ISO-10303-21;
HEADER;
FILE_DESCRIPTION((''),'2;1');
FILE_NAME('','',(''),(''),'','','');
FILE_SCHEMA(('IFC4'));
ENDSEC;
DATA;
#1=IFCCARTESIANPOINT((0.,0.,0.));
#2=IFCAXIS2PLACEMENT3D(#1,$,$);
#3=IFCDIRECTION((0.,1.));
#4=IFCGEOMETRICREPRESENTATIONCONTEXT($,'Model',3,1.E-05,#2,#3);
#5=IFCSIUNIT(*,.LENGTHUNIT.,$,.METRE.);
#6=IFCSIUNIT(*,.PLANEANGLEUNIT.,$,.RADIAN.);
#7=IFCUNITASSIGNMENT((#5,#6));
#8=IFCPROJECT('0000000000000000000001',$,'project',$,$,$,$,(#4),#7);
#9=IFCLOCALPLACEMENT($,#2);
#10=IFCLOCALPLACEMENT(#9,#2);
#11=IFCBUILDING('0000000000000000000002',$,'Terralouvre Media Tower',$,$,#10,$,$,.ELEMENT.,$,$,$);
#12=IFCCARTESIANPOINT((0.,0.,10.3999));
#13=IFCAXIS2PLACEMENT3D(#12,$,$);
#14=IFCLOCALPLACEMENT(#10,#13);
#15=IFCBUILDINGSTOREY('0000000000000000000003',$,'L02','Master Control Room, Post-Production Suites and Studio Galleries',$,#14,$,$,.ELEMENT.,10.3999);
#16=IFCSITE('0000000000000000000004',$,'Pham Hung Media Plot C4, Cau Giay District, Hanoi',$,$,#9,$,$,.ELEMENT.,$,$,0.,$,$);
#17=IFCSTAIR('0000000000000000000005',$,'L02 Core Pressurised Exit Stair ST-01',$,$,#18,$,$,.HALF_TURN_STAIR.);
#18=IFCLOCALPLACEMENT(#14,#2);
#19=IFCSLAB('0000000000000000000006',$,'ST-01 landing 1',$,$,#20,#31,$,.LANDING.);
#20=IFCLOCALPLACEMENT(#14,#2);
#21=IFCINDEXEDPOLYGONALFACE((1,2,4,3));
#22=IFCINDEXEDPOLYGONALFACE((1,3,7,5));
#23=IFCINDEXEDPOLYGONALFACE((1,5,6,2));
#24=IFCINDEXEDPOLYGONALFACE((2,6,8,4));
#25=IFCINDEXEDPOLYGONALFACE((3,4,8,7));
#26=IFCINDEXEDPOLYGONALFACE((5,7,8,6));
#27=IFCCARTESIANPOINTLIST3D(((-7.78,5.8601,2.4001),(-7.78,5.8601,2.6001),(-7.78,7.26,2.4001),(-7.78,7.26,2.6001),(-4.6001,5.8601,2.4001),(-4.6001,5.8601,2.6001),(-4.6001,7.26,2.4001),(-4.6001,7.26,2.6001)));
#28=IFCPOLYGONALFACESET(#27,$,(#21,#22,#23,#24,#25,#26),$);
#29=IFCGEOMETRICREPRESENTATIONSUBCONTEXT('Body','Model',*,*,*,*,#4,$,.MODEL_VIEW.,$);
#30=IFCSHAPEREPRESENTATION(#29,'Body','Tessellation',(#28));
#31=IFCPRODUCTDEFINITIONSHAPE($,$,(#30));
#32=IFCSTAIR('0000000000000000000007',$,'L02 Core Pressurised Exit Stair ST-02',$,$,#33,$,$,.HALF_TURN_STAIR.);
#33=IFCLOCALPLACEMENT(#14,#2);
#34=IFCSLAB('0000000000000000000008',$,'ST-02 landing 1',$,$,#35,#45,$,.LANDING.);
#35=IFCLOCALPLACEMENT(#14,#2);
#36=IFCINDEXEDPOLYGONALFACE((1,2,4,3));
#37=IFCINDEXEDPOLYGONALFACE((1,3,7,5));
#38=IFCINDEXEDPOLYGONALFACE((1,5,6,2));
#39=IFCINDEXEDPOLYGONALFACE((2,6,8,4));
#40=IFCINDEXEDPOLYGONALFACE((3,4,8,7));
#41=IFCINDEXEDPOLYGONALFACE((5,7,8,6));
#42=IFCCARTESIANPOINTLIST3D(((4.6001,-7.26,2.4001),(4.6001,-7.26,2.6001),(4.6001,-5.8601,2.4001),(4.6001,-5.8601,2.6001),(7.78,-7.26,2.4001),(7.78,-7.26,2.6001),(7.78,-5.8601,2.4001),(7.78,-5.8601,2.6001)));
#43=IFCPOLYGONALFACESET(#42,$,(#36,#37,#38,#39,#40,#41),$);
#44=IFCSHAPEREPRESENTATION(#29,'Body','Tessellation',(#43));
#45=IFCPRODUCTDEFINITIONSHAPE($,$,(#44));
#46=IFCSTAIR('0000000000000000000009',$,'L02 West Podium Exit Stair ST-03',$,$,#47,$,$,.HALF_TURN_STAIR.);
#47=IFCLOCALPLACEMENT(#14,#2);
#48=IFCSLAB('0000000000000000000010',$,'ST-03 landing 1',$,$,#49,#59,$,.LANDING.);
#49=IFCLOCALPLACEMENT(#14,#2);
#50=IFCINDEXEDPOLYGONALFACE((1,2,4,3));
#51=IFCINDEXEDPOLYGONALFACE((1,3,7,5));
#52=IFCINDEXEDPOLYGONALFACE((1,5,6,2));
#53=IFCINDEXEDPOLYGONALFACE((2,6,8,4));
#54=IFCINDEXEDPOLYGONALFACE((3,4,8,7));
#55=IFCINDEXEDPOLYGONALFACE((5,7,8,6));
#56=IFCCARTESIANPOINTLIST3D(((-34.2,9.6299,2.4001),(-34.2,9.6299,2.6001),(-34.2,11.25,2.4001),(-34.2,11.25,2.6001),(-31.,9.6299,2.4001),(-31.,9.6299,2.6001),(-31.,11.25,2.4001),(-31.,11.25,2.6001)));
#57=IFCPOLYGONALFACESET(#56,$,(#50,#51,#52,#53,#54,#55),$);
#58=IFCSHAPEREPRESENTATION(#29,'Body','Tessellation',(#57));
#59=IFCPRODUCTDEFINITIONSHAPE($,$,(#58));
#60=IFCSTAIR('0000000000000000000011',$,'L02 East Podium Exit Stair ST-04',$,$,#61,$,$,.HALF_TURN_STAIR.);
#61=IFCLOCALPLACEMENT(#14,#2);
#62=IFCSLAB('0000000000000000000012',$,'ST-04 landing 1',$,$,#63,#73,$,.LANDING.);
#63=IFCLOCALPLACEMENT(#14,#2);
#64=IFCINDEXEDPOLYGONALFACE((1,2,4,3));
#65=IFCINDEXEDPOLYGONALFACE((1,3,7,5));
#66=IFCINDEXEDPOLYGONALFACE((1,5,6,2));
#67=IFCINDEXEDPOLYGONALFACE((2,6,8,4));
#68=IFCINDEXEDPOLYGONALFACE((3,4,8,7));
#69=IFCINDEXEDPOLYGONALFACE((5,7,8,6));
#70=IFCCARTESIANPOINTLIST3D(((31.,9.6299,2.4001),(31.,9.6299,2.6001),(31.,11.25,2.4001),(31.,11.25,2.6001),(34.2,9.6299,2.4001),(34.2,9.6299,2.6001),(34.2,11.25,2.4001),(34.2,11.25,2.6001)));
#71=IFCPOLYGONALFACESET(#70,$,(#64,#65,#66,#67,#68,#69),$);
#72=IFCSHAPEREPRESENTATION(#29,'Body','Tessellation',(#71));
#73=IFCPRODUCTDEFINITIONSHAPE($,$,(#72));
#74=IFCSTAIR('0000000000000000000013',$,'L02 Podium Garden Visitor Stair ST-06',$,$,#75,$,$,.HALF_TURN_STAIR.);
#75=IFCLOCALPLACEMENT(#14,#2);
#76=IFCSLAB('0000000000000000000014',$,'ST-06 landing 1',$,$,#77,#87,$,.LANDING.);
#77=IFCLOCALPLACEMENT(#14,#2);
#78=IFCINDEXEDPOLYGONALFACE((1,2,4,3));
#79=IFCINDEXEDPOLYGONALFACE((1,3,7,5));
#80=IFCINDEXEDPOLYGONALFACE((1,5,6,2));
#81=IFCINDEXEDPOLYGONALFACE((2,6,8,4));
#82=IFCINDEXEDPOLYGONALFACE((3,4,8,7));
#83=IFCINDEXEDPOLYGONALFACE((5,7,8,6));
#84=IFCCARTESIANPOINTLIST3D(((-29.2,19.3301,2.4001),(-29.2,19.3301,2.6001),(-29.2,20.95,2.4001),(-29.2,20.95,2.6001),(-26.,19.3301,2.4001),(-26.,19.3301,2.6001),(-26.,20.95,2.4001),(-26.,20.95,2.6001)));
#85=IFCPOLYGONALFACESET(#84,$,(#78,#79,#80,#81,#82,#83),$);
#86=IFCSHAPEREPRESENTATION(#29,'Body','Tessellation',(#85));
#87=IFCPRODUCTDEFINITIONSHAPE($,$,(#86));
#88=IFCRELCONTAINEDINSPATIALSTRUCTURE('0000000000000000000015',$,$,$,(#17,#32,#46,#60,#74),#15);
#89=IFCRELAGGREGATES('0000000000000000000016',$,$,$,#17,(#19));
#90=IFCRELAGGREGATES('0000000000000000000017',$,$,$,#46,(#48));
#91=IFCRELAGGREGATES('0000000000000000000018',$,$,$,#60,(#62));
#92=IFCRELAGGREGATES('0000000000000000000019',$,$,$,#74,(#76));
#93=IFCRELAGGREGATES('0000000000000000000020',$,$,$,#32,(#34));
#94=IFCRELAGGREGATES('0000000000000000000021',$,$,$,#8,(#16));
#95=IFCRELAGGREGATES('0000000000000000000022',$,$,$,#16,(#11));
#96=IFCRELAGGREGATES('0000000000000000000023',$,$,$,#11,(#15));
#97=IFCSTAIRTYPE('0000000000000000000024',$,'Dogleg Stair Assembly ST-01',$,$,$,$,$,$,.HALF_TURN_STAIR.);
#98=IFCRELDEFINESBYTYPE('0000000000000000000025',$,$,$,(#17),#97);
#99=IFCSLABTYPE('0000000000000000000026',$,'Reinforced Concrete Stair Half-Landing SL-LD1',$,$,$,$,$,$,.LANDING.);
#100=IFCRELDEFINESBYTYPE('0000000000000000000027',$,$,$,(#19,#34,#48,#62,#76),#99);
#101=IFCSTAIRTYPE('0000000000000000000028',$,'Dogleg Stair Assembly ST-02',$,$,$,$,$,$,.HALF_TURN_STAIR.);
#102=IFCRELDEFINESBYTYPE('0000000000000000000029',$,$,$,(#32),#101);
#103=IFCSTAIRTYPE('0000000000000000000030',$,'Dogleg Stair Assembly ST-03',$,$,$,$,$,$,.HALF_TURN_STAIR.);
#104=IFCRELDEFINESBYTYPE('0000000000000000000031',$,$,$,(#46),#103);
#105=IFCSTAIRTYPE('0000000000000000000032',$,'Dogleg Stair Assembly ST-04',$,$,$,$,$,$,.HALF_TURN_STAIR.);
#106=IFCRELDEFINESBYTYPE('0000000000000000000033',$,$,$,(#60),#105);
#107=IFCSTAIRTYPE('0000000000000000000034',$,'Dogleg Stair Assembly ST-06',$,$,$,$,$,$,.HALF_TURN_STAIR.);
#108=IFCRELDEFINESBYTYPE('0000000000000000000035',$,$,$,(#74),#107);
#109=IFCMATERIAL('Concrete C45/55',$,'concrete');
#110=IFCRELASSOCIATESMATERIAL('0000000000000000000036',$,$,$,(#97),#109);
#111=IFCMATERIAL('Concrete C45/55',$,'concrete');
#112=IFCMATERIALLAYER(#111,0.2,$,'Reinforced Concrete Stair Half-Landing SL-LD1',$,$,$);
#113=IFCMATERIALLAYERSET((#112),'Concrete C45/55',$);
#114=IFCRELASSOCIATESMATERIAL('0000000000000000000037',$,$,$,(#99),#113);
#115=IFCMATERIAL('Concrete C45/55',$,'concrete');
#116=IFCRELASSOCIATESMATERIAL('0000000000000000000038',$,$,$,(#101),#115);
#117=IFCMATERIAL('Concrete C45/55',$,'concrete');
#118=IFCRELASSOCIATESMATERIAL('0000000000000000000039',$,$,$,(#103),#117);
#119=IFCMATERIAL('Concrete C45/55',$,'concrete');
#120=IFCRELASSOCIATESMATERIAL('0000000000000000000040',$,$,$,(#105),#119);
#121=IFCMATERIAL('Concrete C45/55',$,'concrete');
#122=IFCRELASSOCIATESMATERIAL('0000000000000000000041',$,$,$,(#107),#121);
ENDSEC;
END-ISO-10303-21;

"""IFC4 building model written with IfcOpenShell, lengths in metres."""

from ifc_helpers import new_model, si_unit, direction, frame, origin, place, context, subcontext, project, spatial, polyline, outline, extrude, material, layer, layer_set, type_object, element, aggregate, save


model = new_model("IFC4")

# Units and contexts
model_context = context("Model", 3, precision=1e-05, world=origin(), true_north=direction((0.0, 1.0)))
body_context = subcontext(model_context, "Body", "Model", "MODEL_VIEW")
ifc_project = project(units=[si_unit("LENGTHUNIT", "METRE"), si_unit("PLANEANGLEUNIT", "RADIAN")], contexts=[model_context])

# Site, building, storey
site_placement = place(None, origin())
site = spatial("IfcSite", under=ifc_project, at=site_placement, Name="Pham Hung Media Plot C4, Cau Giay District, Hanoi", CompositionType="ELEMENT", RefElevation=0.0)
building_placement = place(site_placement, origin())
building = spatial("IfcBuilding", under=site, at=building_placement, Name="Terralouvre Media Tower", CompositionType="ELEMENT")
storey_placement = place(building_placement, frame((0.0, 0.0, 10.3999)))
storey = spatial("IfcBuildingStorey", under=building, at=storey_placement, Name="L02", Description="Master Control Room, Post-Production Suites and Studio Galleries", CompositionType="ELEMENT", Elevation=10.3999)

# Stairs, slabs
ifc_material_1 = material(Name="Concrete C45/55", Category="concrete")
stair_type_1 = type_object("IfcStairType", Name="Dogleg Stair Assembly ST-01", PredefinedType="HALF_TURN_STAIR", material=ifc_material_1)
stair_1_placement = place(storey_placement, origin())
stair_1 = element("IfcStair", 1, at=stair_1_placement, inside=storey, type_object=stair_type_1, Name="L02 Core Pressurised Exit Stair ST-01", PredefinedType="HALF_TURN_STAIR")
ifc_material_2 = material(Name="Concrete C45/55", Category="concrete")
ifc_layer_1 = layer(ifc_material_2, 0.2, Name="Reinforced Concrete Stair Half-Landing SL-LD1")
ifc_layer_set_1 = layer_set([ifc_layer_1], Name="Concrete C45/55")
slab_type = type_object("IfcSlabType", Name="Reinforced Concrete Stair Half-Landing SL-LD1", PredefinedType="LANDING", material=ifc_layer_set_1)
slab_1_placement = place(storey_placement, frame((0.0, 0.0, 2.4001)))
slab_1 = element("IfcSlab", 2, at=slab_1_placement, type_object=slab_type, Name="ST-01 landing 1", PredefinedType="LANDING", context=body_context, shape_type="SweptSolid", body=[
    extrude(outline(polyline([(-4.6001, 5.8601), (-4.6001, 7.26), (-7.78, 7.26), (-7.78, 5.8601), (-4.6001, 5.8601)])), origin(), (0.0, 0.0, 1.0), 0.2),
])
aggregate(stair_1, [slab_1])
ifc_material_3 = material(Name="Concrete C45/55", Category="concrete")
stair_type_2 = type_object("IfcStairType", Name="Dogleg Stair Assembly ST-02", PredefinedType="HALF_TURN_STAIR", material=ifc_material_3)
stair_2_placement = place(storey_placement, origin())
stair_2 = element("IfcStair", 3, at=stair_2_placement, inside=storey, type_object=stair_type_2, Name="L02 Core Pressurised Exit Stair ST-02", PredefinedType="HALF_TURN_STAIR")
slab_2_placement = place(storey_placement, frame((0.0, 0.0, 2.4001)))
slab_2 = element("IfcSlab", 4, at=slab_2_placement, type_object=slab_type, Name="ST-02 landing 1", PredefinedType="LANDING", context=body_context, shape_type="SweptSolid", body=[
    extrude(outline(polyline([(4.6001, -5.8601), (4.6001, -7.26), (7.78, -7.26), (7.78, -5.8601), (4.6001, -5.8601)])), origin(), (0.0, 0.0, 1.0), 0.2),
])
ifc_material_4 = material(Name="Concrete C45/55", Category="concrete")
stair_type_3 = type_object("IfcStairType", Name="Dogleg Stair Assembly ST-03", PredefinedType="HALF_TURN_STAIR", material=ifc_material_4)
stair_3_placement = place(storey_placement, origin())
stair_3 = element("IfcStair", 5, at=stair_3_placement, inside=storey, type_object=stair_type_3, Name="L02 West Podium Exit Stair ST-03", PredefinedType="HALF_TURN_STAIR")
slab_3_placement = place(storey_placement, frame((0.0, 0.0, 2.4001)))
slab_3 = element("IfcSlab", 6, at=slab_3_placement, type_object=slab_type, Name="ST-03 landing 1", PredefinedType="LANDING", context=body_context, shape_type="SweptSolid", body=[
    extrude(outline(polyline([(-31.0, 9.6299), (-31.0, 11.25), (-34.2, 11.25), (-34.2, 9.6299), (-31.0, 9.6299)])), origin(), (0.0, 0.0, 1.0), 0.2),
])
aggregate(stair_3, [slab_3])
ifc_material_5 = material(Name="Concrete C45/55", Category="concrete")
stair_type_4 = type_object("IfcStairType", Name="Dogleg Stair Assembly ST-04", PredefinedType="HALF_TURN_STAIR", material=ifc_material_5)
stair_4_placement = place(storey_placement, origin())
stair_4 = element("IfcStair", 7, at=stair_4_placement, inside=storey, type_object=stair_type_4, Name="L02 East Podium Exit Stair ST-04", PredefinedType="HALF_TURN_STAIR")
slab_4_placement = place(storey_placement, frame((0.0, 0.0, 2.4001)))
slab_4 = element("IfcSlab", 8, at=slab_4_placement, type_object=slab_type, Name="ST-04 landing 1", PredefinedType="LANDING", context=body_context, shape_type="SweptSolid", body=[
    extrude(outline(polyline([(34.2, 9.6299), (34.2, 11.25), (31.0, 11.25), (31.0, 9.6299), (34.2, 9.6299)])), origin(), (0.0, 0.0, 1.0), 0.2),
])
aggregate(stair_4, [slab_4])
ifc_material_6 = material(Name="Concrete C45/55", Category="concrete")
stair_type_5 = type_object("IfcStairType", Name="Dogleg Stair Assembly ST-06", PredefinedType="HALF_TURN_STAIR", material=ifc_material_6)
stair_5_placement = place(storey_placement, origin())
stair_5 = element("IfcStair", 9, at=stair_5_placement, inside=storey, type_object=stair_type_5, Name="L02 Podium Garden Visitor Stair ST-06", PredefinedType="HALF_TURN_STAIR")
slab_5_placement = place(storey_placement, frame((0.0, 0.0, 2.4001)))
slab_5 = element("IfcSlab", 10, at=slab_5_placement, type_object=slab_type, Name="ST-06 landing 1", PredefinedType="LANDING", context=body_context, shape_type="SweptSolid", body=[
    extrude(outline(polyline([(-26.0, 19.3301), (-26.0, 20.95), (-29.2, 20.95), (-29.2, 19.3301), (-26.0, 19.3301)])), origin(), (0.0, 0.0, 1.0), 0.2),
])
aggregate(stair_5, [slab_5])

aggregate(stair_2, [slab_2])

save(model, "model.ifc")
